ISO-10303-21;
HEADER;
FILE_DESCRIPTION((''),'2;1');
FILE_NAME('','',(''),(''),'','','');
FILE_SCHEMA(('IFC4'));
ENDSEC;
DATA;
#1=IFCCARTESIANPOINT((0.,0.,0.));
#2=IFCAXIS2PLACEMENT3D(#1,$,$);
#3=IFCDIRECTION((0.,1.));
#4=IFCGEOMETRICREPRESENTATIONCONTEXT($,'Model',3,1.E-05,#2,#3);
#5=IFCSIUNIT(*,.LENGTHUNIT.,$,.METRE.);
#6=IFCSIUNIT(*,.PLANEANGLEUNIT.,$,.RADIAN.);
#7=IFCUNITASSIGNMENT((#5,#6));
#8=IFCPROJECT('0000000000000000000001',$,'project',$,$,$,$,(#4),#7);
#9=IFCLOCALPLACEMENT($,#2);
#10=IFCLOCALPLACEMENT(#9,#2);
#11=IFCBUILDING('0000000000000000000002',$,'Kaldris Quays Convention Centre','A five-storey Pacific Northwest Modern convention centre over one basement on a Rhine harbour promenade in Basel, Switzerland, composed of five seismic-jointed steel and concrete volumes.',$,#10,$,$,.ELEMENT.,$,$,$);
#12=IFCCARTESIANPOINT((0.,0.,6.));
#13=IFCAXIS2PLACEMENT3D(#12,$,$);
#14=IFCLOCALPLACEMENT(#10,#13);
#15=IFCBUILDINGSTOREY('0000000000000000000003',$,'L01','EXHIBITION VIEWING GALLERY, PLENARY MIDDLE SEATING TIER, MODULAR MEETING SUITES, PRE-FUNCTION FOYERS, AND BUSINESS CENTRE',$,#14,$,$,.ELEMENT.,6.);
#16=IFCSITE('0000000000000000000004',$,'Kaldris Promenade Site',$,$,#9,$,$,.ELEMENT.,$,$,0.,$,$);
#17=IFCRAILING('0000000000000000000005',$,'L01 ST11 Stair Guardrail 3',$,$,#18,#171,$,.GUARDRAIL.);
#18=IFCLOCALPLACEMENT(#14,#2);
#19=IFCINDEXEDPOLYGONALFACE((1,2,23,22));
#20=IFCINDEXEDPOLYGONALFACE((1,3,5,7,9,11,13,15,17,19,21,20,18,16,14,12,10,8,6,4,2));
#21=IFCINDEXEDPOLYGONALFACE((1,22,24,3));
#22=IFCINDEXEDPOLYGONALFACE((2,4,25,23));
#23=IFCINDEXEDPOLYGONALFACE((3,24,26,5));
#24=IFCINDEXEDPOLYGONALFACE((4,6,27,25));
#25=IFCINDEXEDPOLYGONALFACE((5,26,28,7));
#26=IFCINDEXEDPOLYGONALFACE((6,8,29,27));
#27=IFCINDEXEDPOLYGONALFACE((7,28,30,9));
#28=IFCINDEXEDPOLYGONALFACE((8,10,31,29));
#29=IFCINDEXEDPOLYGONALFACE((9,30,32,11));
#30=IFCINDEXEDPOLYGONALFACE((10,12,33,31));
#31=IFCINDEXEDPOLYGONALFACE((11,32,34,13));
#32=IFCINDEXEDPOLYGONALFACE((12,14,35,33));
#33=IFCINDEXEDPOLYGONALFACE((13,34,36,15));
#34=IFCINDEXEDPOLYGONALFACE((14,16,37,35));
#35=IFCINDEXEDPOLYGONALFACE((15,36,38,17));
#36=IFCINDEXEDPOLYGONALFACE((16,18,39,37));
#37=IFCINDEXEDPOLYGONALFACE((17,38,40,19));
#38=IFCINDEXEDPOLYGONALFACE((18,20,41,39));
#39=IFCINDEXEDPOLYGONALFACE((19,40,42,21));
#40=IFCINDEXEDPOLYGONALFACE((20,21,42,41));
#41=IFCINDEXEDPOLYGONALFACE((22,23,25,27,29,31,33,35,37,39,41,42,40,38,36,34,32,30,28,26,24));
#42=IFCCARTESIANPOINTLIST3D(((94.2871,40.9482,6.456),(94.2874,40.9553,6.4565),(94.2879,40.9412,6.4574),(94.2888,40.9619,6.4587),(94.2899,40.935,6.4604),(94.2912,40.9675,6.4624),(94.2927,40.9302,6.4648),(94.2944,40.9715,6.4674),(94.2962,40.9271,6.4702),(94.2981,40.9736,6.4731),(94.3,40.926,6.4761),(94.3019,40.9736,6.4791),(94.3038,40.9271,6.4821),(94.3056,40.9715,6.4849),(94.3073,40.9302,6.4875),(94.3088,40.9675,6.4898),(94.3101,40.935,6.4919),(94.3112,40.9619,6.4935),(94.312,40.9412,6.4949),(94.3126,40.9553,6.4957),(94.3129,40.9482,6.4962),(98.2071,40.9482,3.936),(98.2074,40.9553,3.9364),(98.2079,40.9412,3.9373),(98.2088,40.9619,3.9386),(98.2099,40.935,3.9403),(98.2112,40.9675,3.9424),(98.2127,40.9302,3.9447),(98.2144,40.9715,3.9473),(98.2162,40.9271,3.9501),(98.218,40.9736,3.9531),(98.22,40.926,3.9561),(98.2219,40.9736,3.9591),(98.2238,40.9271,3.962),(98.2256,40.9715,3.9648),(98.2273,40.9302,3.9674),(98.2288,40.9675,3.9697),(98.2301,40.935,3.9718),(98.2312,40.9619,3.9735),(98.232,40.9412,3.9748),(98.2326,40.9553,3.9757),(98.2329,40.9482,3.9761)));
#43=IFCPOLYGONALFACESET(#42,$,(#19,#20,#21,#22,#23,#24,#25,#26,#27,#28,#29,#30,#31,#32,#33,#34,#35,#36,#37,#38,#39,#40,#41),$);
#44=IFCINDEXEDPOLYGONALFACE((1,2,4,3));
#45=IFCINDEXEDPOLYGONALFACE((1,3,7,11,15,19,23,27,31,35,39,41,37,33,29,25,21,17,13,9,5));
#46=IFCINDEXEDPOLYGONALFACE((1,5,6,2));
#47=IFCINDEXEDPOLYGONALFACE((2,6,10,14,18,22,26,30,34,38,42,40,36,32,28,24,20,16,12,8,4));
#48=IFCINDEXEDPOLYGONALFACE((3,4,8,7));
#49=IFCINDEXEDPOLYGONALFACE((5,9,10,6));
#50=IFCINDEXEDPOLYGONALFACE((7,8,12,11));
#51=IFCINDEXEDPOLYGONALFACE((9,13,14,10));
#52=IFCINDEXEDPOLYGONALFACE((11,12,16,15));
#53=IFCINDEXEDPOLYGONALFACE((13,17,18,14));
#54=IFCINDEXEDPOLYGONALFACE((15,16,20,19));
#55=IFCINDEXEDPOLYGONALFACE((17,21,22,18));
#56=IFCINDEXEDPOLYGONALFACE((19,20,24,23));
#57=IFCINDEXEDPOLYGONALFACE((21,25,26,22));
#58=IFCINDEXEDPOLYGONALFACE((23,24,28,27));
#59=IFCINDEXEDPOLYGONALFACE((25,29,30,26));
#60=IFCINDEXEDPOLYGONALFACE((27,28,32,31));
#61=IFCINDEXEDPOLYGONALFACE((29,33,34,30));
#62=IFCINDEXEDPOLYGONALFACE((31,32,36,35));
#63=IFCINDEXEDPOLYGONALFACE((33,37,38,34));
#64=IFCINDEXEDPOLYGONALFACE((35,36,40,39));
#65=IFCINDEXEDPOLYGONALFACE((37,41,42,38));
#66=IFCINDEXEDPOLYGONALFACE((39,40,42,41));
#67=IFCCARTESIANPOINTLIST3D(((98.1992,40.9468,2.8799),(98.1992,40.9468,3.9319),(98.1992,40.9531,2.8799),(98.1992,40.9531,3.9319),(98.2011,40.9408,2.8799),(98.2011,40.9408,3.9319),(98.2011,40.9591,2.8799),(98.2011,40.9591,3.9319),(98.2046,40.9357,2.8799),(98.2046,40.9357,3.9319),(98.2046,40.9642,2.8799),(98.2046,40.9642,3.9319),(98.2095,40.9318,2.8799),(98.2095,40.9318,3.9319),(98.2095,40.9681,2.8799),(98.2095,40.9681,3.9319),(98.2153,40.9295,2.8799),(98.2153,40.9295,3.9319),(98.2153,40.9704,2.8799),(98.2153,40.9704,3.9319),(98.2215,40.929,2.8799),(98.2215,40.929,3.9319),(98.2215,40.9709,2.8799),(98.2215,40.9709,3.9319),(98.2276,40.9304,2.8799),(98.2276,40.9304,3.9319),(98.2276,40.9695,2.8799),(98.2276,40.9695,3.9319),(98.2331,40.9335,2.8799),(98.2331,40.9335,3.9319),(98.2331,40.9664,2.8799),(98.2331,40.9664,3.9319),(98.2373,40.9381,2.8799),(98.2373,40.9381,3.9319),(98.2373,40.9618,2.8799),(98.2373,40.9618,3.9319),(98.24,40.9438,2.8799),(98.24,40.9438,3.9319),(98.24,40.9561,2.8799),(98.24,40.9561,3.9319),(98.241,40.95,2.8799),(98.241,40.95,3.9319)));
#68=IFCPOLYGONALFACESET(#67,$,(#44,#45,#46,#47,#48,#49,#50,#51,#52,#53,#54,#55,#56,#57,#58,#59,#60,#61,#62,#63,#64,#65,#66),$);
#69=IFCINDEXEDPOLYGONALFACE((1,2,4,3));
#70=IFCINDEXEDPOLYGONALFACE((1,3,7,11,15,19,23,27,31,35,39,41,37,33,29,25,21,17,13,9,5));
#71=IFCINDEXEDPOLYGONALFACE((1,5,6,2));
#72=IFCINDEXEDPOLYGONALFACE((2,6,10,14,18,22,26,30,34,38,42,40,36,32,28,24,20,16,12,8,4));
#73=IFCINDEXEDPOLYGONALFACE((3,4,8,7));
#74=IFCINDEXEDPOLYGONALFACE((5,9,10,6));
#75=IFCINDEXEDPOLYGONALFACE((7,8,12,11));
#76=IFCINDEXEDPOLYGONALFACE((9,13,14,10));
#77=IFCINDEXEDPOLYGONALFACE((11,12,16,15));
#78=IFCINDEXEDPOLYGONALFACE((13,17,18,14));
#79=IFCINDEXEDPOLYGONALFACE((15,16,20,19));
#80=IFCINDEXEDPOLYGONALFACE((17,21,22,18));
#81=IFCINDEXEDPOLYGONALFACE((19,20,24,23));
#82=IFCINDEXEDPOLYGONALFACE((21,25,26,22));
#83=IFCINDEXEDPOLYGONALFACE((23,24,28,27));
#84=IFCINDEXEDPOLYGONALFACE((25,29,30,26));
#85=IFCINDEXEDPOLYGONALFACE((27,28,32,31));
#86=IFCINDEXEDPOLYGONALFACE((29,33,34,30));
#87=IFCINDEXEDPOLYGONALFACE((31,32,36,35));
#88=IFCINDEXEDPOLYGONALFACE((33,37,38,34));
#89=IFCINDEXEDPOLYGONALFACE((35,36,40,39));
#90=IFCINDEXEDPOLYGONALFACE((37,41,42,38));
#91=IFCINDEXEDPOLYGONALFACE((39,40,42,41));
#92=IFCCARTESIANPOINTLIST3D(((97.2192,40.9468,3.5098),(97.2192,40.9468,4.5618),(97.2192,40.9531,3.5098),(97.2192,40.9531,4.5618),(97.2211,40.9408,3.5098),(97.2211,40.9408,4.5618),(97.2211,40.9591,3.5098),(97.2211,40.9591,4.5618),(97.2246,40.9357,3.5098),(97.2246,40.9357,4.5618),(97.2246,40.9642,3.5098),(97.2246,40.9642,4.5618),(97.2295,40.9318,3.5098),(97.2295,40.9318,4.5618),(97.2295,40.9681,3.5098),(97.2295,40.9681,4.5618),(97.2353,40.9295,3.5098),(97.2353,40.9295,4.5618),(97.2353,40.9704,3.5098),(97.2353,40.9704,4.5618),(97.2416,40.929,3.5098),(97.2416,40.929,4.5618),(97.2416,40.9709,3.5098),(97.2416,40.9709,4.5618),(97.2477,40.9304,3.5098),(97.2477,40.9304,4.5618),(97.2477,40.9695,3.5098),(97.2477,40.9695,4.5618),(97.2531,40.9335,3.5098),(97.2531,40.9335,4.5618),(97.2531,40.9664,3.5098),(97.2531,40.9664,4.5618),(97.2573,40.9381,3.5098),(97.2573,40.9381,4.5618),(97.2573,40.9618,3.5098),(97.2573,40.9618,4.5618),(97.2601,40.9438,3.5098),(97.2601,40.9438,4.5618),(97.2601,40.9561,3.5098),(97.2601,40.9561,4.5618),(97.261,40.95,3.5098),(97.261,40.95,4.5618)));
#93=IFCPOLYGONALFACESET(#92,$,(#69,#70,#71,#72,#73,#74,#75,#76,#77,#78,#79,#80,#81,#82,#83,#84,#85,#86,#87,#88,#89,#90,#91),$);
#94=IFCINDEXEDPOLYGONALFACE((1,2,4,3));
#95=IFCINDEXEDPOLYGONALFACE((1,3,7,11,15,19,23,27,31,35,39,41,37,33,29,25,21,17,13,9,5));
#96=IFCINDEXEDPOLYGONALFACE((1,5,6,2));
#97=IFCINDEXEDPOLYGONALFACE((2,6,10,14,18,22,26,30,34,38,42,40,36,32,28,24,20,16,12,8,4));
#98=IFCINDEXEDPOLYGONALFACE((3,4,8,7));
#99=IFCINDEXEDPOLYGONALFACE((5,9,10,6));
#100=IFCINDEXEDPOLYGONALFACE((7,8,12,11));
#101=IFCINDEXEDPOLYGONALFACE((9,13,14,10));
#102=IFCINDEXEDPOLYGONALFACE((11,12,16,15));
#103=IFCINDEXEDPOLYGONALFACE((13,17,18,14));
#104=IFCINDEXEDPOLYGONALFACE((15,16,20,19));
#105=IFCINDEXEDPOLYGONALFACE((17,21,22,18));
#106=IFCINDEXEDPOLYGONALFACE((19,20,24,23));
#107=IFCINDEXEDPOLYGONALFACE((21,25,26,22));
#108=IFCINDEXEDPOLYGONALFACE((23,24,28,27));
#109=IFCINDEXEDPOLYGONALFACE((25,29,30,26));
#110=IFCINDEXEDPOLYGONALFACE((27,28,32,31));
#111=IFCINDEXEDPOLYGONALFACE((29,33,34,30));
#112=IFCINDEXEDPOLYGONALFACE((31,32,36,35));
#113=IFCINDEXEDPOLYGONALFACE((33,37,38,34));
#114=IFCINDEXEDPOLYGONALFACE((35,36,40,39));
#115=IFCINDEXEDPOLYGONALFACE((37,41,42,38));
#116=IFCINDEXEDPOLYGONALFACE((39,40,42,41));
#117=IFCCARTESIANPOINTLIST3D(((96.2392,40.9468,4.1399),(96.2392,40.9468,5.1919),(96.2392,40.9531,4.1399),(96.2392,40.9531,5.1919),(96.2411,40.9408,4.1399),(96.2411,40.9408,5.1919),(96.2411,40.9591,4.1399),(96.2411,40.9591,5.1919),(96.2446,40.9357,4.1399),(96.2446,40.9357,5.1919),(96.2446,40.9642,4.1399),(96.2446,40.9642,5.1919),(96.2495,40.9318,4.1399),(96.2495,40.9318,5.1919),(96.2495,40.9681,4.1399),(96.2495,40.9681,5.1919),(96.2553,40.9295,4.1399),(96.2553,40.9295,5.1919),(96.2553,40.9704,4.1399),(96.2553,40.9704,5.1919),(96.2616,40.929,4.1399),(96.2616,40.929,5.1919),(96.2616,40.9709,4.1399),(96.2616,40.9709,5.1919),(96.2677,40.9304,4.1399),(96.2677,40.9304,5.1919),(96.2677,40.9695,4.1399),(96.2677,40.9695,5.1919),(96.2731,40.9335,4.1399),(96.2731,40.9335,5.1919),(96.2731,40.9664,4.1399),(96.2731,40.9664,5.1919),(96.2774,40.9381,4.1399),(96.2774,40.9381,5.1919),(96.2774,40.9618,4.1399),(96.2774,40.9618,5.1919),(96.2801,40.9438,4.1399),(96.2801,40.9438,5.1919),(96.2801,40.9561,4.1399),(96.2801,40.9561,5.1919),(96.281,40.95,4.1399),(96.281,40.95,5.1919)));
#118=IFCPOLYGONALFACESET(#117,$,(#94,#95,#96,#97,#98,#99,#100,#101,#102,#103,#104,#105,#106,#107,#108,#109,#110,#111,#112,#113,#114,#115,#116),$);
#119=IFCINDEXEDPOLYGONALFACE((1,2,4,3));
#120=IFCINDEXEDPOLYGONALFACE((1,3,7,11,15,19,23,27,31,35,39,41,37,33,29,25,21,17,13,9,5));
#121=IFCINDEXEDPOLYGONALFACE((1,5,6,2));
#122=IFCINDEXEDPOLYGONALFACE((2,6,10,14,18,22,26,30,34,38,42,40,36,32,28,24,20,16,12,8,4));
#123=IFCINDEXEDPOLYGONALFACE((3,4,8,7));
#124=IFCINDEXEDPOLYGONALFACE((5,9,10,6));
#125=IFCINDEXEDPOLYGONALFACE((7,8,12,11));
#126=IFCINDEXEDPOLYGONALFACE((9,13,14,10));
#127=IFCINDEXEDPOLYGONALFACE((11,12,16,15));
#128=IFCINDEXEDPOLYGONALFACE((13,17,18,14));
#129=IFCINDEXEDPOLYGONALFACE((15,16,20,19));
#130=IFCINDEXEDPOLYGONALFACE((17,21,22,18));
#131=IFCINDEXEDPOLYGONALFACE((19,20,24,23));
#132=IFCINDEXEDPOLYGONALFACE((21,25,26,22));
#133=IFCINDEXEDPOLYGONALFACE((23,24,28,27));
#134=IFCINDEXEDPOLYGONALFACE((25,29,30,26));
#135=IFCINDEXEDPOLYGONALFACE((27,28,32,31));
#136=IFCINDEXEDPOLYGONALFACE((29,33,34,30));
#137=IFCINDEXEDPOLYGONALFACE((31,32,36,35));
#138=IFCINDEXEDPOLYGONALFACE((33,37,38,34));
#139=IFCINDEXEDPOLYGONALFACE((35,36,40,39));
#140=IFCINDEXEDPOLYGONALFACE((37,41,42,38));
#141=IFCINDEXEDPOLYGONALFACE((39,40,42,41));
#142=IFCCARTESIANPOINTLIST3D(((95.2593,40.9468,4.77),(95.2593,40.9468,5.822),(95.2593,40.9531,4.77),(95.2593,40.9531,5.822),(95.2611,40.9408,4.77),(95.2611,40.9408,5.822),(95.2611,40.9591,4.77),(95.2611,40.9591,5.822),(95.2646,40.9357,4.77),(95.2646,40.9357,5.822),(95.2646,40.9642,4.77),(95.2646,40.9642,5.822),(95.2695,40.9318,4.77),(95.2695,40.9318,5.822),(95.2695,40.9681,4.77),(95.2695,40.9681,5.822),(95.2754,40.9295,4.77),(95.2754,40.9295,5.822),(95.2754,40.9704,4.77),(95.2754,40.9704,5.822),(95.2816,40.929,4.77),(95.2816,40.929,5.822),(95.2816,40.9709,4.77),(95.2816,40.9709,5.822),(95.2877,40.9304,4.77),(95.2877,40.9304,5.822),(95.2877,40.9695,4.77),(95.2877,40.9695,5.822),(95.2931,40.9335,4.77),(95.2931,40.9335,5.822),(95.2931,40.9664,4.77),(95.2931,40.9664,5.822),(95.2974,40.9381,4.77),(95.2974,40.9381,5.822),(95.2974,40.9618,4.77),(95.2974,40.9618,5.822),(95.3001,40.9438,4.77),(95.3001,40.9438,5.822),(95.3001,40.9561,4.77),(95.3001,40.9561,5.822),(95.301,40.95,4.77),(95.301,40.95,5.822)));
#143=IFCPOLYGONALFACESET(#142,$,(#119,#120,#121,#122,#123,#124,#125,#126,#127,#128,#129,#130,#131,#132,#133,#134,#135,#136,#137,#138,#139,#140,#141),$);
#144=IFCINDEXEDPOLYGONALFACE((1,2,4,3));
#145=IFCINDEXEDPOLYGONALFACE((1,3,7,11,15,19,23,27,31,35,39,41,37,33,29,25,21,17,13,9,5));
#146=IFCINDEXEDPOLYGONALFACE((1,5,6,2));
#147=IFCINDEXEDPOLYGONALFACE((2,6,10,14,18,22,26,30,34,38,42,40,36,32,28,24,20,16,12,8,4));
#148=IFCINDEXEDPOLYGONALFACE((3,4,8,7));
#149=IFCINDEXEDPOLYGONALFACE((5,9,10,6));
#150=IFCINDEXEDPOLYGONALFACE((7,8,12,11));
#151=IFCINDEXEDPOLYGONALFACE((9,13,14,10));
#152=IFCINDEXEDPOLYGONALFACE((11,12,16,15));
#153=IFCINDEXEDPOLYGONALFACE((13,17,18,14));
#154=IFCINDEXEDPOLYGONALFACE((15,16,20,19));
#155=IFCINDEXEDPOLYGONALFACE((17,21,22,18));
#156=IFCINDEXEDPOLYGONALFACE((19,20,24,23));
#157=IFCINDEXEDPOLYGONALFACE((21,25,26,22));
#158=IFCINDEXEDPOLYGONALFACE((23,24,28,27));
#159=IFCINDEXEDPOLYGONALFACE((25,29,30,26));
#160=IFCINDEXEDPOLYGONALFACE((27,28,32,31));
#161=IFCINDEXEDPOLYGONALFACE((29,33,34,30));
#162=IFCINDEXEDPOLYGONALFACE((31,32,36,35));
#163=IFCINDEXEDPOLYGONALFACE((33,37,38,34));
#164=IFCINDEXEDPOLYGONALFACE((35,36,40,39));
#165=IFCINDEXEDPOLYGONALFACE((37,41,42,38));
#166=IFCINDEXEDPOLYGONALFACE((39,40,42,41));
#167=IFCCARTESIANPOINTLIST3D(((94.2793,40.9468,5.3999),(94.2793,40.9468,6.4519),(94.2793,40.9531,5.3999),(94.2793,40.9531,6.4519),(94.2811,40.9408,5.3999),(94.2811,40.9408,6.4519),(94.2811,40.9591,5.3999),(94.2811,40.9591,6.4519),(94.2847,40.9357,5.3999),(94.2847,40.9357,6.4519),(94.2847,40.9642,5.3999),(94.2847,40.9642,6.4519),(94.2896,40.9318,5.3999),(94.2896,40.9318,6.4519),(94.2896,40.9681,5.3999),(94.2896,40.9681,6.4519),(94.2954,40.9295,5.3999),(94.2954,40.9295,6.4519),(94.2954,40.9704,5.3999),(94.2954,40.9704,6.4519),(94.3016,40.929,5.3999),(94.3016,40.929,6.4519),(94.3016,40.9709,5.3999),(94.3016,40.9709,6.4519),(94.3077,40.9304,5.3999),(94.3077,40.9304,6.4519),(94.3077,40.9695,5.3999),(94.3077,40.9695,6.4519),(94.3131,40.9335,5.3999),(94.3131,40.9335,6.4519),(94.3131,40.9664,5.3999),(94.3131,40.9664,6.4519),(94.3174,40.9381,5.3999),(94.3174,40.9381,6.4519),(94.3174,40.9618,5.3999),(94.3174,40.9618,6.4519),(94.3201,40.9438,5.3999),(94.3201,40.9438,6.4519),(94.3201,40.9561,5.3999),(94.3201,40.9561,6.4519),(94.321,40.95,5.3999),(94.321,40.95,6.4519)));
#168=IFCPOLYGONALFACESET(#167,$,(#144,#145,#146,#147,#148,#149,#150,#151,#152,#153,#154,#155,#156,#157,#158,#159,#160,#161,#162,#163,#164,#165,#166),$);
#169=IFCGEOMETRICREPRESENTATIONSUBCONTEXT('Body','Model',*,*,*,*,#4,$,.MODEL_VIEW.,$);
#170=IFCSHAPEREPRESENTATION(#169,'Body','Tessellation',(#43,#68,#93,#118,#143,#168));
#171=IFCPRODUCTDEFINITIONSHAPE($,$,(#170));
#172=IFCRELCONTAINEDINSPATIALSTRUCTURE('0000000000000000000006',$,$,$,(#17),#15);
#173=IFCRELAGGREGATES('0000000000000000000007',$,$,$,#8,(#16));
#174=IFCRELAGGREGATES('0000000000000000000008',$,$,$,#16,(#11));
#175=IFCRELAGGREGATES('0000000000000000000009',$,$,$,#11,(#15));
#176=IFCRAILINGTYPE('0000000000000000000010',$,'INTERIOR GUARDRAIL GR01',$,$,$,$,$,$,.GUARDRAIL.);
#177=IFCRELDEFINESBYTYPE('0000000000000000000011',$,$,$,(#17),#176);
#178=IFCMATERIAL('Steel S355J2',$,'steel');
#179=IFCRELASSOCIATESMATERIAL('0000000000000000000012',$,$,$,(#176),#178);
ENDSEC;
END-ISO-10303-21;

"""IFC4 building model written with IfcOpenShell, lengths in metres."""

from ifc_helpers import new_model, si_unit, direction, frame, origin, origin_2d, place, context, subcontext, project, spatial, circle, extrude, material, type_object, element, save


model = new_model("IFC4")

# Units and contexts
model_context = context("Model", 3, precision=1e-05, world=origin(), true_north=direction((0.0, 1.0)))
body_context = subcontext(model_context, "Body", "Model", "MODEL_VIEW")
ifc_project = project(units=[si_unit("LENGTHUNIT", "METRE"), si_unit("PLANEANGLEUNIT", "RADIAN")], contexts=[model_context])

# Site, building, storey
site_placement = place(None, origin())
site = spatial("IfcSite", under=ifc_project, at=site_placement, Name="Kaldris Promenade Site", CompositionType="ELEMENT", RefElevation=0.0)
building_placement = place(site_placement, origin())
building = spatial("IfcBuilding", under=site, at=building_placement, Name="Kaldris Quays Convention Centre", Description="A five-storey Pacific Northwest Modern convention centre over one basement on a Rhine harbour promenade in Basel, Switzerland, composed of five seismic-jointed steel and concrete volumes.", CompositionType="ELEMENT")
storey_placement = place(building_placement, frame((0.0, 0.0, 6.0)))
storey = spatial("IfcBuildingStorey", under=building, at=storey_placement, Name="L01", Description="EXHIBITION VIEWING GALLERY, PLENARY MIDDLE SEATING TIER, MODULAR MEETING SUITES, PRE-FUNCTION FOYERS, AND BUSINESS CENTRE", CompositionType="ELEMENT", Elevation=6.0)

# Railing
ifc_material_1 = material(Name="Steel S355J2", Category="steel")
railing_type = type_object("IfcRailingType", Name="INTERIOR GUARDRAIL GR01", PredefinedType="GUARDRAIL", material=ifc_material_1)
railing_1_placement = place(storey_placement, frame((98.22, 40.95, 2.8799)))
element("IfcRailing", 1, at=railing_1_placement, inside=storey, type_object=railing_type, Name="L01 ST11 Stair Guardrail 3", PredefinedType="GUARDRAIL", context=body_context, shape_type="SweptSolid", body=[
    extrude(circle(Radius=0.0239, at=origin_2d()), frame((0.0, 0.0, 1.0762), z_axis=(-0.841172, 0.0, 0.540768), x_axis=(0.0, -1.0, 0.0)), (0.0, 0.0, 1.0), 4.6602),
    extrude(circle(Radius=0.021, at=origin_2d()), origin(), (0.0, 0.0, 1.0), 1.052),
    extrude(circle(Radius=0.021, at=origin_2d()), frame((-0.98, 0.0, 0.6299)), (0.0, 0.0, 1.0), 1.052),
    extrude(circle(Radius=0.021, at=origin_2d()), frame((-1.96, 0.0, 1.26)), (0.0, 0.0, 1.0), 1.052),
    extrude(circle(Radius=0.021, at=origin_2d()), frame((-2.9399, 0.0, 1.8901)), (0.0, 0.0, 1.0), 1.052),
    extrude(circle(Radius=0.021, at=origin_2d()), frame((-3.9199, 0.0, 2.52)), (0.0, 0.0, 1.0), 1.052),
])

save(model, "model.ifc")
